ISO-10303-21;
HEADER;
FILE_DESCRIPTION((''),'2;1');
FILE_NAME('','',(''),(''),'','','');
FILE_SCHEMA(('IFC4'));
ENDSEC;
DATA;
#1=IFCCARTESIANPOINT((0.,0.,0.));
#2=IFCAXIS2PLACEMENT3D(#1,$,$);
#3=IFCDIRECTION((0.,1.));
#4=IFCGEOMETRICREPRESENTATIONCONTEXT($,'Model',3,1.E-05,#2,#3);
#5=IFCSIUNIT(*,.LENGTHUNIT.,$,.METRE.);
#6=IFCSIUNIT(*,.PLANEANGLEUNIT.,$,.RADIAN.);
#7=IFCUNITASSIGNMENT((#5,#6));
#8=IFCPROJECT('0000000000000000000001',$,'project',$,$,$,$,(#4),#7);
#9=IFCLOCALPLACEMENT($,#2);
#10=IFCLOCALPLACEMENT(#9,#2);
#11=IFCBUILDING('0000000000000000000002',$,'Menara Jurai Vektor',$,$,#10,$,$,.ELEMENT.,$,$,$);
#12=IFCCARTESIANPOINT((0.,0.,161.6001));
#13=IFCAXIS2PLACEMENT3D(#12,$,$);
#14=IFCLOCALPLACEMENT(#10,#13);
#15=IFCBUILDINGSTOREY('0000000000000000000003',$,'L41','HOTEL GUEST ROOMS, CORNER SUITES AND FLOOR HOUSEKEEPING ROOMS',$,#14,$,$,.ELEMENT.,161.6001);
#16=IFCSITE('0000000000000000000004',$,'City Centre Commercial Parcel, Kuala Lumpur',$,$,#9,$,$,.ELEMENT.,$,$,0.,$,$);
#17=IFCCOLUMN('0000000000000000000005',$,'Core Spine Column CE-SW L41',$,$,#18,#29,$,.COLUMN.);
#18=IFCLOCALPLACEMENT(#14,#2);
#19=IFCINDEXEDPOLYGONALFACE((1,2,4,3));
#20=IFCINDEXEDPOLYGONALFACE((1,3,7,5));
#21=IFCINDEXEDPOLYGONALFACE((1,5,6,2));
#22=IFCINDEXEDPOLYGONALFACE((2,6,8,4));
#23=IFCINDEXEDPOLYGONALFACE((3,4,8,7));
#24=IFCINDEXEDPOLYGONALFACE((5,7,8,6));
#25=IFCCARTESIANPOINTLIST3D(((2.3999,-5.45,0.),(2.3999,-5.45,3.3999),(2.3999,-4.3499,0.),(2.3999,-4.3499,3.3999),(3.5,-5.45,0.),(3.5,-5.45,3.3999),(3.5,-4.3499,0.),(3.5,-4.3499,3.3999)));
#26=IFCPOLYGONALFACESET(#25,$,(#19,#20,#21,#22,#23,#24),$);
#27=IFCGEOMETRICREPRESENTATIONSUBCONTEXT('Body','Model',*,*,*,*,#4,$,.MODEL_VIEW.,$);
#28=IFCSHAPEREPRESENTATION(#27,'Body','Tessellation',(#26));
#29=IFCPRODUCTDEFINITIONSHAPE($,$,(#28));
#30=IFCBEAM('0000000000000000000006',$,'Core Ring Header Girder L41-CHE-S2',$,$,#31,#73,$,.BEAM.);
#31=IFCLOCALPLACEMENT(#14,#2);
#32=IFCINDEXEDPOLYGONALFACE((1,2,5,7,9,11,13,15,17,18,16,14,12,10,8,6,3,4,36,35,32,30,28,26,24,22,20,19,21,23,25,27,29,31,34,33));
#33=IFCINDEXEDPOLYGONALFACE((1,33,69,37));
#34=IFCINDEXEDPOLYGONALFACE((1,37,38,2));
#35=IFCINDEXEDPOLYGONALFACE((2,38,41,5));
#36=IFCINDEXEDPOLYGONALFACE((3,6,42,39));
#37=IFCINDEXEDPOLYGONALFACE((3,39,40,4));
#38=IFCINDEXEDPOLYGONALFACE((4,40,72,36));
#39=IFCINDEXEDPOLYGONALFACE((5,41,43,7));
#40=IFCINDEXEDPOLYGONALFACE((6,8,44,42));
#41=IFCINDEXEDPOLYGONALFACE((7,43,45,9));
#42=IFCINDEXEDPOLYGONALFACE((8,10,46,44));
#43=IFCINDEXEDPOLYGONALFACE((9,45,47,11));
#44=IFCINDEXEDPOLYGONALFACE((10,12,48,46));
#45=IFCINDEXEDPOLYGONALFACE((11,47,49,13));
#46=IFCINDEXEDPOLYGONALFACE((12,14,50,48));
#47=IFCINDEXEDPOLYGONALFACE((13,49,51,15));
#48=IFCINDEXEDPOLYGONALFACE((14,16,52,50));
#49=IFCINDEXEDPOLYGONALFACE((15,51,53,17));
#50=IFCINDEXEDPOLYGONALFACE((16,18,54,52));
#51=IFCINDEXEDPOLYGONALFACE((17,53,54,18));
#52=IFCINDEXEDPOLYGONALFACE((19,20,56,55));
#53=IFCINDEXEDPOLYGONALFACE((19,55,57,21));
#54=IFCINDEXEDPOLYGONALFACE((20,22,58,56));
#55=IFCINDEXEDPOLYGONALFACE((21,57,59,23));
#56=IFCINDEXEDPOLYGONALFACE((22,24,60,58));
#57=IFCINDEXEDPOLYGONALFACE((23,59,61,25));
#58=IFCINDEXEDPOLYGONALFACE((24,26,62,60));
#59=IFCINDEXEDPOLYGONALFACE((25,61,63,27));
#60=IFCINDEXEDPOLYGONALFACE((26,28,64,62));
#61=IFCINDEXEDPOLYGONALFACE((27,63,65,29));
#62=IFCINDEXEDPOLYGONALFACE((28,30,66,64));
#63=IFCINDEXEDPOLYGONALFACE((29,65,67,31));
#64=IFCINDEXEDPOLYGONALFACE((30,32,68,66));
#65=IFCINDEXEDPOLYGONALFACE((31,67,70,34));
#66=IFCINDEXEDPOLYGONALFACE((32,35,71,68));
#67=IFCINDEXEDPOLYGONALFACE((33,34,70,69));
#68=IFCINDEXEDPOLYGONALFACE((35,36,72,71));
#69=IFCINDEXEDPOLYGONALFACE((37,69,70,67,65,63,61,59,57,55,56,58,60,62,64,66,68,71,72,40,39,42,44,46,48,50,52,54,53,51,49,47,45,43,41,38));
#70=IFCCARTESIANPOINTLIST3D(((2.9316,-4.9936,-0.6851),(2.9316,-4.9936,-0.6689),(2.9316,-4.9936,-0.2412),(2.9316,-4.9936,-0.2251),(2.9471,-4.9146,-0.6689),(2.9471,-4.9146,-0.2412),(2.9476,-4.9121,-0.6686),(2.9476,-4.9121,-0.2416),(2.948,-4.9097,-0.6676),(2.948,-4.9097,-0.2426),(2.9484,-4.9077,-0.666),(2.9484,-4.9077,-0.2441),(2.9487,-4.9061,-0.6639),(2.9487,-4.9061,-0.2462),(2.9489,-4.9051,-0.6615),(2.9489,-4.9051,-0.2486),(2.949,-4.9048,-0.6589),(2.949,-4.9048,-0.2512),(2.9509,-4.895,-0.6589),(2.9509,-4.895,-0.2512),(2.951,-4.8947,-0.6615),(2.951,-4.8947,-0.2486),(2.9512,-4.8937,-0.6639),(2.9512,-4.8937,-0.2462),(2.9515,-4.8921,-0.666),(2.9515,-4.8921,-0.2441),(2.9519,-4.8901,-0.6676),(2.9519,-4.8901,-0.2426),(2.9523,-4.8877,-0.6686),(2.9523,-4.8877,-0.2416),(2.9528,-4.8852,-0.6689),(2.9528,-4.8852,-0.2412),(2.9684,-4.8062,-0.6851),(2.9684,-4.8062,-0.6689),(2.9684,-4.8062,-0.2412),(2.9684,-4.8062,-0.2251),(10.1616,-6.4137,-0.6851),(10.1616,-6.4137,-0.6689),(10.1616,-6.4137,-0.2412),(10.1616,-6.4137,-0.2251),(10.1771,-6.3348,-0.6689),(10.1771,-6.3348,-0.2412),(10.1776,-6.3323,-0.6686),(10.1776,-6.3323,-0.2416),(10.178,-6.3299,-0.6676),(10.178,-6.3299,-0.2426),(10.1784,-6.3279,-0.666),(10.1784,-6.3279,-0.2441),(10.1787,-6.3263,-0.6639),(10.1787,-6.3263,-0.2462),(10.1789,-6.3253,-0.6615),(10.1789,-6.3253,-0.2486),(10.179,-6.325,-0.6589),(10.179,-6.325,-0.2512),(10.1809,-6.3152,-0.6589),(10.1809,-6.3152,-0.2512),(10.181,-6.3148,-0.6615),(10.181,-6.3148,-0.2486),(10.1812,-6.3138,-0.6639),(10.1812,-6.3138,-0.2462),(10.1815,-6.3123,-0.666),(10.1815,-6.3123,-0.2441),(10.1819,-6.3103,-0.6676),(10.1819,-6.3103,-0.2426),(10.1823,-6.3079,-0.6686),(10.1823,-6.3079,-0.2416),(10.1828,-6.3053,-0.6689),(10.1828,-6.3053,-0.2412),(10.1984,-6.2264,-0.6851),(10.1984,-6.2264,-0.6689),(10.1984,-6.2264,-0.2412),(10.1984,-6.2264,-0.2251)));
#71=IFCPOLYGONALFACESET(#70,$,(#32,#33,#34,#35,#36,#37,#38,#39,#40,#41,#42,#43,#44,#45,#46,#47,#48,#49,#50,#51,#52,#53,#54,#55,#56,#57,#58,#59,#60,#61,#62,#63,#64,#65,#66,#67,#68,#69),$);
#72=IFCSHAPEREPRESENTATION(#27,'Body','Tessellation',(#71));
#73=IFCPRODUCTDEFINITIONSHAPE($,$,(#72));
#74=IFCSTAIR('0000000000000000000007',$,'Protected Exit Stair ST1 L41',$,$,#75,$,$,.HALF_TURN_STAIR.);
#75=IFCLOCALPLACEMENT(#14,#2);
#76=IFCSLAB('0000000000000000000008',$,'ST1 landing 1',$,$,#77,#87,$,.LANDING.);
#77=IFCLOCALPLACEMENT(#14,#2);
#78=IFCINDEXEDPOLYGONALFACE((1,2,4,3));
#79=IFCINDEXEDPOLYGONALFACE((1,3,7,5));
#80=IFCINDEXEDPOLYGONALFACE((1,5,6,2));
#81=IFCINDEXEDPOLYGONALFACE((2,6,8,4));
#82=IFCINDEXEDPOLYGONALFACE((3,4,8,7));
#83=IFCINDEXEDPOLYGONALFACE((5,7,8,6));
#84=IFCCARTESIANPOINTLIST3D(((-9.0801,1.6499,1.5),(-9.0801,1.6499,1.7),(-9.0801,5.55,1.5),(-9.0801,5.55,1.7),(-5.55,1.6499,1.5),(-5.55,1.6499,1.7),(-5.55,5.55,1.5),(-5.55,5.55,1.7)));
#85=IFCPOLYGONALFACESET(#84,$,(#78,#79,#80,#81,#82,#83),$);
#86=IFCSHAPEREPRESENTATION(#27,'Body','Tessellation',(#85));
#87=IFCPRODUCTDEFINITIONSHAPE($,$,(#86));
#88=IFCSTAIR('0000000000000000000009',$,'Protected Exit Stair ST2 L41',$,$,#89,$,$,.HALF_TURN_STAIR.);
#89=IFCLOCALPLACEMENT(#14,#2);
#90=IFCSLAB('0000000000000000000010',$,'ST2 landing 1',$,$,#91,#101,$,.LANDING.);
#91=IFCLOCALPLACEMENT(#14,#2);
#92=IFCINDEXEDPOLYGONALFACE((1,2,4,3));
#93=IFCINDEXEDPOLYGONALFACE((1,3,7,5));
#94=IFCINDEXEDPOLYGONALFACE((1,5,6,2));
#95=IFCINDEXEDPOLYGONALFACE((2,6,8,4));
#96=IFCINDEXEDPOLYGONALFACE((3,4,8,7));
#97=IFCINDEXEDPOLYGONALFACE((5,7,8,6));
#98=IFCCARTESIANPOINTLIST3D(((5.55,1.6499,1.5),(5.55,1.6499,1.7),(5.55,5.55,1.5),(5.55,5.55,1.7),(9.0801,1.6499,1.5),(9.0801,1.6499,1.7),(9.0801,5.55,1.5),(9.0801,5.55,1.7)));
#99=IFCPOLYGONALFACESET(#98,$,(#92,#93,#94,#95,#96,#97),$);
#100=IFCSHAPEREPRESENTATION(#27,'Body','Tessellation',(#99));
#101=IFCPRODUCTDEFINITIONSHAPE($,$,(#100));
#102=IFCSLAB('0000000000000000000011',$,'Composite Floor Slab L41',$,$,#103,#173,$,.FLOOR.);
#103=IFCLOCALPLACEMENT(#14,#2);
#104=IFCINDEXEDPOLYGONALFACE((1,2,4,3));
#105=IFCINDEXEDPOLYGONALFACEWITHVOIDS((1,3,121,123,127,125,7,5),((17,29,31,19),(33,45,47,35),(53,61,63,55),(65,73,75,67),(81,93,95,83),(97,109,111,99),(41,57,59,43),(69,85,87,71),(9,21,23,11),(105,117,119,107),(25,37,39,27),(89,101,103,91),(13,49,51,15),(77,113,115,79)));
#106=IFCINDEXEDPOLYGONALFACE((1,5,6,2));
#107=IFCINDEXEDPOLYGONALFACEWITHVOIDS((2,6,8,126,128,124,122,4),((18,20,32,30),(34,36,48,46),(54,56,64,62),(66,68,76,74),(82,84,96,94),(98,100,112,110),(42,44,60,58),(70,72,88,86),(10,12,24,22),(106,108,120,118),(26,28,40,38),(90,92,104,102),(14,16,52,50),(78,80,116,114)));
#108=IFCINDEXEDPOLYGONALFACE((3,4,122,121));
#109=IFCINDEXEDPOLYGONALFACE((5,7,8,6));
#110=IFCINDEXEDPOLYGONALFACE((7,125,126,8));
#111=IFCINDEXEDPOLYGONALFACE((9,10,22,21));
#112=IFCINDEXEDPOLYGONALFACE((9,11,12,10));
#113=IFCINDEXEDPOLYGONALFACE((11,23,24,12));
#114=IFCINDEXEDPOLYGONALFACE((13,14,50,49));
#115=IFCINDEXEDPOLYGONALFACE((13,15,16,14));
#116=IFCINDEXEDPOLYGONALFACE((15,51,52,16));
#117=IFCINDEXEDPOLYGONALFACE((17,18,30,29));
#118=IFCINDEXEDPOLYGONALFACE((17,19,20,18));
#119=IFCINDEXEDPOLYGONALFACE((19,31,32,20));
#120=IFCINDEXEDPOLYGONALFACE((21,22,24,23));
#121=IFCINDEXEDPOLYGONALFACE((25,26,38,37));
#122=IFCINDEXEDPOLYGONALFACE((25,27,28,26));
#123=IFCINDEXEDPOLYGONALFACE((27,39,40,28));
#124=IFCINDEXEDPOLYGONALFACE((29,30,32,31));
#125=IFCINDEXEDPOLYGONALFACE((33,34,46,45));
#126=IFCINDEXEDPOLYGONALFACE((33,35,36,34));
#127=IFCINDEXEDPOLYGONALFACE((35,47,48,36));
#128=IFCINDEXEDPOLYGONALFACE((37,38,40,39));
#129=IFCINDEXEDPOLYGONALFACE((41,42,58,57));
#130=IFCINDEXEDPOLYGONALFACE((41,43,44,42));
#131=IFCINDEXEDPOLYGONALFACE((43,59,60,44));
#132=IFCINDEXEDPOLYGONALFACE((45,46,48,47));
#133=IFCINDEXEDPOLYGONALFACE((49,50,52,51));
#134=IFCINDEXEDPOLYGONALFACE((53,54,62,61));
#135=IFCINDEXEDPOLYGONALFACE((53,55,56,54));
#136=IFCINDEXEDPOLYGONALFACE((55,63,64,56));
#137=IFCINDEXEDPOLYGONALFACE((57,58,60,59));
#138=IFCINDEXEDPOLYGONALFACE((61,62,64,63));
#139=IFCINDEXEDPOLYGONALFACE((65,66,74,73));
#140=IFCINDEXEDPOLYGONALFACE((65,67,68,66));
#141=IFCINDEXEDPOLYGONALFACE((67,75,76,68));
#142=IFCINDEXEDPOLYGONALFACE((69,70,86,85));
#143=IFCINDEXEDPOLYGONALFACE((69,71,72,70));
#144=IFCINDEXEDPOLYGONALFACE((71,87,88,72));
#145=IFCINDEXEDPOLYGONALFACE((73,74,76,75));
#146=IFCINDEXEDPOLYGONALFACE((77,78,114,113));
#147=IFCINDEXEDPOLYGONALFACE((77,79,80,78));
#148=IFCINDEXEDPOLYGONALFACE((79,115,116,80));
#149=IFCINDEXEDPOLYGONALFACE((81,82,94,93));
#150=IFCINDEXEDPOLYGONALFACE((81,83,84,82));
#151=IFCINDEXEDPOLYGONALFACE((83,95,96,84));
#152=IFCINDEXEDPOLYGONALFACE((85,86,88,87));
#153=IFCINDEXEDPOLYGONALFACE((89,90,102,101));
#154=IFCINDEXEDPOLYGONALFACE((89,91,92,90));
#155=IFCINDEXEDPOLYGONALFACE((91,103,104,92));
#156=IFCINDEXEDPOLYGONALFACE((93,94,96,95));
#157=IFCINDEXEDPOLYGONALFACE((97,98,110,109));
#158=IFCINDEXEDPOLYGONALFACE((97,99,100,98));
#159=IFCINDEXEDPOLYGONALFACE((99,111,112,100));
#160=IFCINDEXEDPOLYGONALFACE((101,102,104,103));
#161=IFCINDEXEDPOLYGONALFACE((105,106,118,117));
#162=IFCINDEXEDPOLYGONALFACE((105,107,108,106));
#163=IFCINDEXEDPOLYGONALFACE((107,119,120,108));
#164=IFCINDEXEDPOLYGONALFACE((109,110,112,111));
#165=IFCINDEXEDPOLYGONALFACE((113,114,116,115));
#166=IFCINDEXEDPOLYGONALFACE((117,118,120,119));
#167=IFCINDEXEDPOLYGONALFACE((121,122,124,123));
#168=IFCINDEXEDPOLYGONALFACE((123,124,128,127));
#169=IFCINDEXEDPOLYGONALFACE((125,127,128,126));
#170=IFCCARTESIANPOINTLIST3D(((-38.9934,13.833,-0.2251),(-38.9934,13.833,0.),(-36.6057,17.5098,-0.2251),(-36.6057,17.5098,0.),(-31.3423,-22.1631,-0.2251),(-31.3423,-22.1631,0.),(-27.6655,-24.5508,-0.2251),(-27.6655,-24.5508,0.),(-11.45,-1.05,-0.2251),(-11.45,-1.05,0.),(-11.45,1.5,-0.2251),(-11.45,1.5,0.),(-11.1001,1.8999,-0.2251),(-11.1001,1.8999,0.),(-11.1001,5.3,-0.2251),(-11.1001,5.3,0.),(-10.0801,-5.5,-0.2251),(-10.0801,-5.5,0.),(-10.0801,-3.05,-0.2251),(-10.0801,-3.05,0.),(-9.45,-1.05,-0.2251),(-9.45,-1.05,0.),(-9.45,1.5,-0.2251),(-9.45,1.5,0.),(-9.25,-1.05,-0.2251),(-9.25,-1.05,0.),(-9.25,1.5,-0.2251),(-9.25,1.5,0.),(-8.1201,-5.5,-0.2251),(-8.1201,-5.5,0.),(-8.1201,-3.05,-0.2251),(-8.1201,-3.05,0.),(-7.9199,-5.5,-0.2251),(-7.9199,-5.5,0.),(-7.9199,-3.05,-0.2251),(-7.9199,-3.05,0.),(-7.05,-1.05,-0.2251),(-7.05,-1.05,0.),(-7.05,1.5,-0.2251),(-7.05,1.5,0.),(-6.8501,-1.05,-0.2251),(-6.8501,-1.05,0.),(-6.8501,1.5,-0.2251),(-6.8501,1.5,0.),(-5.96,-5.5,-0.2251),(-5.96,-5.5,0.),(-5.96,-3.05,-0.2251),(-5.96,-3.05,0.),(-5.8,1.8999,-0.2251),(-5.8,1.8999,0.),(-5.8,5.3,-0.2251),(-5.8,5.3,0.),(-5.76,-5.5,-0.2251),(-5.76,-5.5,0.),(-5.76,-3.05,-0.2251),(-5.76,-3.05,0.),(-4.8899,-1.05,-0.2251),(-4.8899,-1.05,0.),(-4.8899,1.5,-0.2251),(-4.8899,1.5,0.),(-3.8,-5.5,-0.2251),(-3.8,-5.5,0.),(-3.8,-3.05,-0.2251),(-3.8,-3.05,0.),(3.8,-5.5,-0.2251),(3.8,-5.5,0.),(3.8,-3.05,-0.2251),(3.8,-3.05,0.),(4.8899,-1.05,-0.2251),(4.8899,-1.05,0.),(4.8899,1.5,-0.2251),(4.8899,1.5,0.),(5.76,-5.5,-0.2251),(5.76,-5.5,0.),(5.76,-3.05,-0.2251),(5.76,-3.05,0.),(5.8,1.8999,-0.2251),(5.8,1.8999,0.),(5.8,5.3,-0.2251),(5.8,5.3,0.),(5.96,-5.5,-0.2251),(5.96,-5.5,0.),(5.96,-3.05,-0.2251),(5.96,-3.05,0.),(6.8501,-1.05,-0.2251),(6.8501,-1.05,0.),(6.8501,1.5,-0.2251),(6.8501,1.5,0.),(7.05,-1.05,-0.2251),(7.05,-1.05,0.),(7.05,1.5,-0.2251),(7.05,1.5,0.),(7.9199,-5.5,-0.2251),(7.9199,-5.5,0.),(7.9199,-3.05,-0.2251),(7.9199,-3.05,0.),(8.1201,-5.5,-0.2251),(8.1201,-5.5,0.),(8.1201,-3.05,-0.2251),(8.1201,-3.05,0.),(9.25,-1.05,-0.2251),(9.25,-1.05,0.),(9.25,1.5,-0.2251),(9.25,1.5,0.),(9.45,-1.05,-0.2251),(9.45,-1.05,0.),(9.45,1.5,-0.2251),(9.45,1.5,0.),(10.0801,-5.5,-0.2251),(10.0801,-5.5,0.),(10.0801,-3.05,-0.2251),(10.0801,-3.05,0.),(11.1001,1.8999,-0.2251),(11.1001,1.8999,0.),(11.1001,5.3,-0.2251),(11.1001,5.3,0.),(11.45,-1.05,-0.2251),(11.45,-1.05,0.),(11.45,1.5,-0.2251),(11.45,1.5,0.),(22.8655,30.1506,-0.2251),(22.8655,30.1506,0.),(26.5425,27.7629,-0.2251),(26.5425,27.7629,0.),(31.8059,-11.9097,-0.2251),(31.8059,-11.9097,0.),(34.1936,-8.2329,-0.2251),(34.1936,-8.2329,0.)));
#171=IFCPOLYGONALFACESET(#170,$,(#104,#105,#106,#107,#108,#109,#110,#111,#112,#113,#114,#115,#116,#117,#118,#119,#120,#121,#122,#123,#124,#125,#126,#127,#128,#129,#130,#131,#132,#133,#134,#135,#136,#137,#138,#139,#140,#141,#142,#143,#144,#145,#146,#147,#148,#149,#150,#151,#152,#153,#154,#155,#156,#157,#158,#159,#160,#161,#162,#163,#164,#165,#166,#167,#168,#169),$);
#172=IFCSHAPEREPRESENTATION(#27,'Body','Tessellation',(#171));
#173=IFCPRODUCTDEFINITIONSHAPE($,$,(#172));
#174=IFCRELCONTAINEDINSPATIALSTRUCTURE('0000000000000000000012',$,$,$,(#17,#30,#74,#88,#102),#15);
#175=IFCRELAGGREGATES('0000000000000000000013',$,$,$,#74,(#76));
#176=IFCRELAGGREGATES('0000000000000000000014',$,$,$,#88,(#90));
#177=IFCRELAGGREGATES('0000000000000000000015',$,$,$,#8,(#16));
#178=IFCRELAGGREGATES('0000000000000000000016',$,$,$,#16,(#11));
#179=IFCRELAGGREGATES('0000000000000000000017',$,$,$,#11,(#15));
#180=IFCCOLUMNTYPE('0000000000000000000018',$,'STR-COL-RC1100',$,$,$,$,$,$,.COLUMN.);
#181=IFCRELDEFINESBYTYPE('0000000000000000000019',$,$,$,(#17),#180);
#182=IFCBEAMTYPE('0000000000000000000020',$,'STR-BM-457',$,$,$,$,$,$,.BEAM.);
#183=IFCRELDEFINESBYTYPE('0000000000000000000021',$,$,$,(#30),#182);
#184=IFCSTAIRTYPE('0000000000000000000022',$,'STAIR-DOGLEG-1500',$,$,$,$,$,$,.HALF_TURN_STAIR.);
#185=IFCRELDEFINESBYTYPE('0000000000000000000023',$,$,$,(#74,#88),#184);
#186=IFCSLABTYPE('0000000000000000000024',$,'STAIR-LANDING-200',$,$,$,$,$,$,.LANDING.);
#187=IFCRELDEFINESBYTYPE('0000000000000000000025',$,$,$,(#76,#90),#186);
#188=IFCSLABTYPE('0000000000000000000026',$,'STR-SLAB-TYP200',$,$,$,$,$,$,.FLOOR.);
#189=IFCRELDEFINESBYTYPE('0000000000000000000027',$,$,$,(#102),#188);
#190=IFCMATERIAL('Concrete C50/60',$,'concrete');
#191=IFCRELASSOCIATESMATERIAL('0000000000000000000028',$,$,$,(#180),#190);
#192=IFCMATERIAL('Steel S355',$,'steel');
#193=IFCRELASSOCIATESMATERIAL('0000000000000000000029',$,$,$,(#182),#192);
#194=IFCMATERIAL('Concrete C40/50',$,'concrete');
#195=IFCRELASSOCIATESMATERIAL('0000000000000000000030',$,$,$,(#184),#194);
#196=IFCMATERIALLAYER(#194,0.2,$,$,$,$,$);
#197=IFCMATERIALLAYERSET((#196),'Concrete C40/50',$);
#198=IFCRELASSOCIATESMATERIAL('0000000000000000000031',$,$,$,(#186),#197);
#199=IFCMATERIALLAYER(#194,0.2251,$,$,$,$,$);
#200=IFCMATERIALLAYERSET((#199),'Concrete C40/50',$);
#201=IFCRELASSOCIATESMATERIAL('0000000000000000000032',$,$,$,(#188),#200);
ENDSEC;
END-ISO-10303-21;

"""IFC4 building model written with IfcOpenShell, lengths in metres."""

from ifc_helpers import new_model, si_unit, direction, frame, origin, origin_2d, place, context, subcontext, project, spatial, polyline, rectangle, i_section, outline, extrude, material, layer, layer_set, material_profile, profile_set, type_object, element, aggregate, save


model = new_model("IFC4")

# Units and contexts
model_context = context("Model", 3, precision=1e-05, world=origin(), true_north=direction((0.0, 1.0)))
body_context = subcontext(model_context, "Body", "Model", "MODEL_VIEW")
ifc_project = project(units=[si_unit("LENGTHUNIT", "METRE"), si_unit("PLANEANGLEUNIT", "RADIAN")], contexts=[model_context])

# Site, building, storey
site_placement = place(None, origin())
site = spatial("IfcSite", under=ifc_project, at=site_placement, Name="City Centre Commercial Parcel, Kuala Lumpur", CompositionType="ELEMENT", RefElevation=0.0)
building_placement = place(site_placement, origin())
building = spatial("IfcBuilding", under=site, at=building_placement, Name="Menara Jurai Vektor", CompositionType="ELEMENT")
storey_placement = place(building_placement, frame((0.0, 0.0, 161.6001)))
storey = spatial("IfcBuildingStorey", under=building, at=storey_placement, Name="L41", Description="HOTEL GUEST ROOMS, CORNER SUITES AND FLOOR HOUSEKEEPING ROOMS", CompositionType="ELEMENT", Elevation=161.6001)

# Column
ifc_material_1 = material(Name="Concrete C50/60", Category="concrete")
ifc_material_profile_1 = material_profile(ifc_material_1, rectangle(XDim=1.1001, YDim=1.1001, at=origin_2d()), Name="RC 1100x1100")
ifc_profile_set_1 = profile_set([ifc_material_profile_1], Name="Concrete C50/60")
column_type = type_object("IfcColumnType", Name="STR-COL-RC1100", PredefinedType="COLUMN", material=ifc_profile_set_1)
column_placement = place(storey_placement, frame((2.95, -4.8999, 0.0), z_axis=(0.0, 0.0, 1.0), x_axis=(1.0, 0.0, 0.0)))
element("IfcColumn", 1, at=column_placement, inside=storey, type_object=column_type, Name="Core Spine Column CE-SW L41", PredefinedType="COLUMN", context=body_context, shape_type="SweptSolid", body=[
    extrude(rectangle(XDim=1.1001, YDim=1.1001, at=origin_2d()), origin(), (0.0, 0.0, 1.0), 3.3999),
])

# Beam
ifc_material_2 = material(Name="Steel S355", Category="steel")
ifc_material_profile_2 = material_profile(ifc_material_2, i_section(OverallWidth=0.1909, OverallDepth=0.46, WebThickness=0.01, FlangeThickness=0.0161, FilletRadius=0.01, at=origin_2d()), Name="UKB 457x191x82")
ifc_profile_set_2 = profile_set([ifc_material_profile_2], Name="Steel S355")
beam_type = type_object("IfcBeamType", Name="STR-BM-457", PredefinedType="BEAM", material=ifc_profile_set_2)
beam_placement = place(storey_placement, frame((2.95, -4.8999, -0.4551), z_axis=(0.981249, -0.192744, 0.0), x_axis=(0.192744, 0.981249, 0.0)))
element("IfcBeam", 2, at=beam_placement, inside=storey, type_object=beam_type, Name="Core Ring Header Girder L41-CHE-S2", PredefinedType="BEAM", context=body_context, shape_type="SweptSolid", body=[
    extrude(i_section(OverallWidth=0.1909, OverallDepth=0.46, WebThickness=0.01, FlangeThickness=0.0161, FilletRadius=0.01, at=origin_2d()), origin(), (0.0, 0.0, 1.0), 7.3682),
])

# Stairs, slabs
ifc_material_3 = material(Name="Concrete C40/50", Category="concrete")
stair_type = type_object("IfcStairType", Name="STAIR-DOGLEG-1500", PredefinedType="HALF_TURN_STAIR", material=ifc_material_3)
stair_1_placement = place(storey_placement, origin())
stair_1 = element("IfcStair", 3, at=stair_1_placement, inside=storey, type_object=stair_type, Name="Protected Exit Stair ST1 L41", PredefinedType="HALF_TURN_STAIR")
ifc_layer_1 = layer(ifc_material_3, 0.2)
ifc_layer_set_1 = layer_set([ifc_layer_1], Name="Concrete C40/50")
slab_type_1 = type_object("IfcSlabType", Name="STAIR-LANDING-200", PredefinedType="LANDING", material=ifc_layer_set_1)
slab_1_placement = place(storey_placement, frame((0.0, 0.0, 1.5)))
slab_1 = element("IfcSlab", 4, at=slab_1_placement, type_object=slab_type_1, Name="ST1 landing 1", PredefinedType="LANDING", context=body_context, shape_type="SweptSolid", body=[
    extrude(outline(polyline([(-9.0801, 1.6499), (-5.55, 1.6499), (-5.55, 5.55), (-9.0801, 5.55), (-9.0801, 1.6499)])), origin(), (0.0, 0.0, 1.0), 0.2),
])
aggregate(stair_1, [slab_1])
stair_2_placement = place(storey_placement, origin())
stair_2 = element("IfcStair", 5, at=stair_2_placement, inside=storey, type_object=stair_type, Name="Protected Exit Stair ST2 L41", PredefinedType="HALF_TURN_STAIR")
slab_2_placement = place(storey_placement, frame((0.0, 0.0, 1.5)))
slab_2 = element("IfcSlab", 6, at=slab_2_placement, type_object=slab_type_1, Name="ST2 landing 1", PredefinedType="LANDING", context=body_context, shape_type="SweptSolid", body=[
    extrude(outline(polyline([(5.55, 1.6499), (9.0801, 1.6499), (9.0801, 5.55), (5.55, 5.55), (5.55, 1.6499)])), origin(), (0.0, 0.0, 1.0), 0.2),
])
aggregate(stair_2, [slab_2])

# Slab
ifc_layer_2 = layer(ifc_material_3, 0.2251)
ifc_layer_set_2 = layer_set([ifc_layer_2], Name="Concrete C40/50")
slab_type_2 = type_object("IfcSlabType", Name="STR-SLAB-TYP200", PredefinedType="FLOOR", material=ifc_layer_set_2)
slab_3_placement = place(storey_placement, frame((0.0, 0.0, -0.2251)))
element("IfcSlab", 7, at=slab_3_placement, inside=storey, type_object=slab_type_2, Name="Composite Floor Slab L41", PredefinedType="FLOOR", context=body_context, shape_type="SweptSolid", body=[
    extrude(outline(polyline([(-27.6655, -24.5508), (31.8059, -11.9097), (34.1936, -8.2329), (26.5425, 27.7629), (22.8655, 30.1506), (-36.6057, 17.5098), (-38.9934, 13.833), (-31.3423, -22.1631), (-27.6655, -24.5508)]), holes=[polyline([(-11.1001, 1.8999), (-11.1001, 5.3), (-5.8, 5.3), (-5.8, 1.8999), (-11.1001, 1.8999)]), polyline([(5.8, 1.8999), (5.8, 5.3), (11.1001, 5.3), (11.1001, 1.8999), (5.8, 1.8999)]), polyline([(-11.45, -1.05), (-11.45, 1.5), (-9.45, 1.5), (-9.45, -1.05), (-11.45, -1.05)]), polyline([(9.45, -1.05), (9.45, 1.5), (11.45, 1.5), (11.45, -1.05), (9.45, -1.05)]), polyline([(-5.76, -5.5), (-5.76, -3.05), (-3.8, -3.05), (-3.8, -5.5), (-5.76, -5.5)]), polyline([(-6.8501, -1.05), (-6.8501, 1.5), (-4.8899, 1.5), (-4.8899, -1.05), (-6.8501, -1.05)]), polyline([(3.8, -5.5), (3.8, -3.05), (5.76, -3.05), (5.76, -5.5), (3.8, -5.5)]), polyline([(4.8899, -1.05), (4.8899, 1.5), (6.8501, 1.5), (6.8501, -1.05), (4.8899, -1.05)]), polyline([(-10.0801, -5.5), (-10.0801, -3.05), (-8.1201, -3.05), (-8.1201, -5.5), (-10.0801, -5.5)]), polyline([(-7.9199, -5.5), (-7.9199, -3.05), (-5.96, -3.05), (-5.96, -5.5), (-7.9199, -5.5)]), polyline([(5.96, -5.5), (5.96, -3.05), (7.9199, -3.05), (7.9199, -5.5), (5.96, -5.5)]), polyline([(8.1201, -5.5), (8.1201, -3.05), (10.0801, -3.05), (10.0801, -5.5), (8.1201, -5.5)]), polyline([(-9.25, -1.05), (-9.25, 1.5), (-7.05, 1.5), (-7.05, -1.05), (-9.25, -1.05)]), polyline([(7.05, -1.05), (7.05, 1.5), (9.25, 1.5), (9.25, -1.05), (7.05, -1.05)])]), origin(), (0.0, 0.0, 1.0), 0.2251),
])

save(model, "model.ifc")
